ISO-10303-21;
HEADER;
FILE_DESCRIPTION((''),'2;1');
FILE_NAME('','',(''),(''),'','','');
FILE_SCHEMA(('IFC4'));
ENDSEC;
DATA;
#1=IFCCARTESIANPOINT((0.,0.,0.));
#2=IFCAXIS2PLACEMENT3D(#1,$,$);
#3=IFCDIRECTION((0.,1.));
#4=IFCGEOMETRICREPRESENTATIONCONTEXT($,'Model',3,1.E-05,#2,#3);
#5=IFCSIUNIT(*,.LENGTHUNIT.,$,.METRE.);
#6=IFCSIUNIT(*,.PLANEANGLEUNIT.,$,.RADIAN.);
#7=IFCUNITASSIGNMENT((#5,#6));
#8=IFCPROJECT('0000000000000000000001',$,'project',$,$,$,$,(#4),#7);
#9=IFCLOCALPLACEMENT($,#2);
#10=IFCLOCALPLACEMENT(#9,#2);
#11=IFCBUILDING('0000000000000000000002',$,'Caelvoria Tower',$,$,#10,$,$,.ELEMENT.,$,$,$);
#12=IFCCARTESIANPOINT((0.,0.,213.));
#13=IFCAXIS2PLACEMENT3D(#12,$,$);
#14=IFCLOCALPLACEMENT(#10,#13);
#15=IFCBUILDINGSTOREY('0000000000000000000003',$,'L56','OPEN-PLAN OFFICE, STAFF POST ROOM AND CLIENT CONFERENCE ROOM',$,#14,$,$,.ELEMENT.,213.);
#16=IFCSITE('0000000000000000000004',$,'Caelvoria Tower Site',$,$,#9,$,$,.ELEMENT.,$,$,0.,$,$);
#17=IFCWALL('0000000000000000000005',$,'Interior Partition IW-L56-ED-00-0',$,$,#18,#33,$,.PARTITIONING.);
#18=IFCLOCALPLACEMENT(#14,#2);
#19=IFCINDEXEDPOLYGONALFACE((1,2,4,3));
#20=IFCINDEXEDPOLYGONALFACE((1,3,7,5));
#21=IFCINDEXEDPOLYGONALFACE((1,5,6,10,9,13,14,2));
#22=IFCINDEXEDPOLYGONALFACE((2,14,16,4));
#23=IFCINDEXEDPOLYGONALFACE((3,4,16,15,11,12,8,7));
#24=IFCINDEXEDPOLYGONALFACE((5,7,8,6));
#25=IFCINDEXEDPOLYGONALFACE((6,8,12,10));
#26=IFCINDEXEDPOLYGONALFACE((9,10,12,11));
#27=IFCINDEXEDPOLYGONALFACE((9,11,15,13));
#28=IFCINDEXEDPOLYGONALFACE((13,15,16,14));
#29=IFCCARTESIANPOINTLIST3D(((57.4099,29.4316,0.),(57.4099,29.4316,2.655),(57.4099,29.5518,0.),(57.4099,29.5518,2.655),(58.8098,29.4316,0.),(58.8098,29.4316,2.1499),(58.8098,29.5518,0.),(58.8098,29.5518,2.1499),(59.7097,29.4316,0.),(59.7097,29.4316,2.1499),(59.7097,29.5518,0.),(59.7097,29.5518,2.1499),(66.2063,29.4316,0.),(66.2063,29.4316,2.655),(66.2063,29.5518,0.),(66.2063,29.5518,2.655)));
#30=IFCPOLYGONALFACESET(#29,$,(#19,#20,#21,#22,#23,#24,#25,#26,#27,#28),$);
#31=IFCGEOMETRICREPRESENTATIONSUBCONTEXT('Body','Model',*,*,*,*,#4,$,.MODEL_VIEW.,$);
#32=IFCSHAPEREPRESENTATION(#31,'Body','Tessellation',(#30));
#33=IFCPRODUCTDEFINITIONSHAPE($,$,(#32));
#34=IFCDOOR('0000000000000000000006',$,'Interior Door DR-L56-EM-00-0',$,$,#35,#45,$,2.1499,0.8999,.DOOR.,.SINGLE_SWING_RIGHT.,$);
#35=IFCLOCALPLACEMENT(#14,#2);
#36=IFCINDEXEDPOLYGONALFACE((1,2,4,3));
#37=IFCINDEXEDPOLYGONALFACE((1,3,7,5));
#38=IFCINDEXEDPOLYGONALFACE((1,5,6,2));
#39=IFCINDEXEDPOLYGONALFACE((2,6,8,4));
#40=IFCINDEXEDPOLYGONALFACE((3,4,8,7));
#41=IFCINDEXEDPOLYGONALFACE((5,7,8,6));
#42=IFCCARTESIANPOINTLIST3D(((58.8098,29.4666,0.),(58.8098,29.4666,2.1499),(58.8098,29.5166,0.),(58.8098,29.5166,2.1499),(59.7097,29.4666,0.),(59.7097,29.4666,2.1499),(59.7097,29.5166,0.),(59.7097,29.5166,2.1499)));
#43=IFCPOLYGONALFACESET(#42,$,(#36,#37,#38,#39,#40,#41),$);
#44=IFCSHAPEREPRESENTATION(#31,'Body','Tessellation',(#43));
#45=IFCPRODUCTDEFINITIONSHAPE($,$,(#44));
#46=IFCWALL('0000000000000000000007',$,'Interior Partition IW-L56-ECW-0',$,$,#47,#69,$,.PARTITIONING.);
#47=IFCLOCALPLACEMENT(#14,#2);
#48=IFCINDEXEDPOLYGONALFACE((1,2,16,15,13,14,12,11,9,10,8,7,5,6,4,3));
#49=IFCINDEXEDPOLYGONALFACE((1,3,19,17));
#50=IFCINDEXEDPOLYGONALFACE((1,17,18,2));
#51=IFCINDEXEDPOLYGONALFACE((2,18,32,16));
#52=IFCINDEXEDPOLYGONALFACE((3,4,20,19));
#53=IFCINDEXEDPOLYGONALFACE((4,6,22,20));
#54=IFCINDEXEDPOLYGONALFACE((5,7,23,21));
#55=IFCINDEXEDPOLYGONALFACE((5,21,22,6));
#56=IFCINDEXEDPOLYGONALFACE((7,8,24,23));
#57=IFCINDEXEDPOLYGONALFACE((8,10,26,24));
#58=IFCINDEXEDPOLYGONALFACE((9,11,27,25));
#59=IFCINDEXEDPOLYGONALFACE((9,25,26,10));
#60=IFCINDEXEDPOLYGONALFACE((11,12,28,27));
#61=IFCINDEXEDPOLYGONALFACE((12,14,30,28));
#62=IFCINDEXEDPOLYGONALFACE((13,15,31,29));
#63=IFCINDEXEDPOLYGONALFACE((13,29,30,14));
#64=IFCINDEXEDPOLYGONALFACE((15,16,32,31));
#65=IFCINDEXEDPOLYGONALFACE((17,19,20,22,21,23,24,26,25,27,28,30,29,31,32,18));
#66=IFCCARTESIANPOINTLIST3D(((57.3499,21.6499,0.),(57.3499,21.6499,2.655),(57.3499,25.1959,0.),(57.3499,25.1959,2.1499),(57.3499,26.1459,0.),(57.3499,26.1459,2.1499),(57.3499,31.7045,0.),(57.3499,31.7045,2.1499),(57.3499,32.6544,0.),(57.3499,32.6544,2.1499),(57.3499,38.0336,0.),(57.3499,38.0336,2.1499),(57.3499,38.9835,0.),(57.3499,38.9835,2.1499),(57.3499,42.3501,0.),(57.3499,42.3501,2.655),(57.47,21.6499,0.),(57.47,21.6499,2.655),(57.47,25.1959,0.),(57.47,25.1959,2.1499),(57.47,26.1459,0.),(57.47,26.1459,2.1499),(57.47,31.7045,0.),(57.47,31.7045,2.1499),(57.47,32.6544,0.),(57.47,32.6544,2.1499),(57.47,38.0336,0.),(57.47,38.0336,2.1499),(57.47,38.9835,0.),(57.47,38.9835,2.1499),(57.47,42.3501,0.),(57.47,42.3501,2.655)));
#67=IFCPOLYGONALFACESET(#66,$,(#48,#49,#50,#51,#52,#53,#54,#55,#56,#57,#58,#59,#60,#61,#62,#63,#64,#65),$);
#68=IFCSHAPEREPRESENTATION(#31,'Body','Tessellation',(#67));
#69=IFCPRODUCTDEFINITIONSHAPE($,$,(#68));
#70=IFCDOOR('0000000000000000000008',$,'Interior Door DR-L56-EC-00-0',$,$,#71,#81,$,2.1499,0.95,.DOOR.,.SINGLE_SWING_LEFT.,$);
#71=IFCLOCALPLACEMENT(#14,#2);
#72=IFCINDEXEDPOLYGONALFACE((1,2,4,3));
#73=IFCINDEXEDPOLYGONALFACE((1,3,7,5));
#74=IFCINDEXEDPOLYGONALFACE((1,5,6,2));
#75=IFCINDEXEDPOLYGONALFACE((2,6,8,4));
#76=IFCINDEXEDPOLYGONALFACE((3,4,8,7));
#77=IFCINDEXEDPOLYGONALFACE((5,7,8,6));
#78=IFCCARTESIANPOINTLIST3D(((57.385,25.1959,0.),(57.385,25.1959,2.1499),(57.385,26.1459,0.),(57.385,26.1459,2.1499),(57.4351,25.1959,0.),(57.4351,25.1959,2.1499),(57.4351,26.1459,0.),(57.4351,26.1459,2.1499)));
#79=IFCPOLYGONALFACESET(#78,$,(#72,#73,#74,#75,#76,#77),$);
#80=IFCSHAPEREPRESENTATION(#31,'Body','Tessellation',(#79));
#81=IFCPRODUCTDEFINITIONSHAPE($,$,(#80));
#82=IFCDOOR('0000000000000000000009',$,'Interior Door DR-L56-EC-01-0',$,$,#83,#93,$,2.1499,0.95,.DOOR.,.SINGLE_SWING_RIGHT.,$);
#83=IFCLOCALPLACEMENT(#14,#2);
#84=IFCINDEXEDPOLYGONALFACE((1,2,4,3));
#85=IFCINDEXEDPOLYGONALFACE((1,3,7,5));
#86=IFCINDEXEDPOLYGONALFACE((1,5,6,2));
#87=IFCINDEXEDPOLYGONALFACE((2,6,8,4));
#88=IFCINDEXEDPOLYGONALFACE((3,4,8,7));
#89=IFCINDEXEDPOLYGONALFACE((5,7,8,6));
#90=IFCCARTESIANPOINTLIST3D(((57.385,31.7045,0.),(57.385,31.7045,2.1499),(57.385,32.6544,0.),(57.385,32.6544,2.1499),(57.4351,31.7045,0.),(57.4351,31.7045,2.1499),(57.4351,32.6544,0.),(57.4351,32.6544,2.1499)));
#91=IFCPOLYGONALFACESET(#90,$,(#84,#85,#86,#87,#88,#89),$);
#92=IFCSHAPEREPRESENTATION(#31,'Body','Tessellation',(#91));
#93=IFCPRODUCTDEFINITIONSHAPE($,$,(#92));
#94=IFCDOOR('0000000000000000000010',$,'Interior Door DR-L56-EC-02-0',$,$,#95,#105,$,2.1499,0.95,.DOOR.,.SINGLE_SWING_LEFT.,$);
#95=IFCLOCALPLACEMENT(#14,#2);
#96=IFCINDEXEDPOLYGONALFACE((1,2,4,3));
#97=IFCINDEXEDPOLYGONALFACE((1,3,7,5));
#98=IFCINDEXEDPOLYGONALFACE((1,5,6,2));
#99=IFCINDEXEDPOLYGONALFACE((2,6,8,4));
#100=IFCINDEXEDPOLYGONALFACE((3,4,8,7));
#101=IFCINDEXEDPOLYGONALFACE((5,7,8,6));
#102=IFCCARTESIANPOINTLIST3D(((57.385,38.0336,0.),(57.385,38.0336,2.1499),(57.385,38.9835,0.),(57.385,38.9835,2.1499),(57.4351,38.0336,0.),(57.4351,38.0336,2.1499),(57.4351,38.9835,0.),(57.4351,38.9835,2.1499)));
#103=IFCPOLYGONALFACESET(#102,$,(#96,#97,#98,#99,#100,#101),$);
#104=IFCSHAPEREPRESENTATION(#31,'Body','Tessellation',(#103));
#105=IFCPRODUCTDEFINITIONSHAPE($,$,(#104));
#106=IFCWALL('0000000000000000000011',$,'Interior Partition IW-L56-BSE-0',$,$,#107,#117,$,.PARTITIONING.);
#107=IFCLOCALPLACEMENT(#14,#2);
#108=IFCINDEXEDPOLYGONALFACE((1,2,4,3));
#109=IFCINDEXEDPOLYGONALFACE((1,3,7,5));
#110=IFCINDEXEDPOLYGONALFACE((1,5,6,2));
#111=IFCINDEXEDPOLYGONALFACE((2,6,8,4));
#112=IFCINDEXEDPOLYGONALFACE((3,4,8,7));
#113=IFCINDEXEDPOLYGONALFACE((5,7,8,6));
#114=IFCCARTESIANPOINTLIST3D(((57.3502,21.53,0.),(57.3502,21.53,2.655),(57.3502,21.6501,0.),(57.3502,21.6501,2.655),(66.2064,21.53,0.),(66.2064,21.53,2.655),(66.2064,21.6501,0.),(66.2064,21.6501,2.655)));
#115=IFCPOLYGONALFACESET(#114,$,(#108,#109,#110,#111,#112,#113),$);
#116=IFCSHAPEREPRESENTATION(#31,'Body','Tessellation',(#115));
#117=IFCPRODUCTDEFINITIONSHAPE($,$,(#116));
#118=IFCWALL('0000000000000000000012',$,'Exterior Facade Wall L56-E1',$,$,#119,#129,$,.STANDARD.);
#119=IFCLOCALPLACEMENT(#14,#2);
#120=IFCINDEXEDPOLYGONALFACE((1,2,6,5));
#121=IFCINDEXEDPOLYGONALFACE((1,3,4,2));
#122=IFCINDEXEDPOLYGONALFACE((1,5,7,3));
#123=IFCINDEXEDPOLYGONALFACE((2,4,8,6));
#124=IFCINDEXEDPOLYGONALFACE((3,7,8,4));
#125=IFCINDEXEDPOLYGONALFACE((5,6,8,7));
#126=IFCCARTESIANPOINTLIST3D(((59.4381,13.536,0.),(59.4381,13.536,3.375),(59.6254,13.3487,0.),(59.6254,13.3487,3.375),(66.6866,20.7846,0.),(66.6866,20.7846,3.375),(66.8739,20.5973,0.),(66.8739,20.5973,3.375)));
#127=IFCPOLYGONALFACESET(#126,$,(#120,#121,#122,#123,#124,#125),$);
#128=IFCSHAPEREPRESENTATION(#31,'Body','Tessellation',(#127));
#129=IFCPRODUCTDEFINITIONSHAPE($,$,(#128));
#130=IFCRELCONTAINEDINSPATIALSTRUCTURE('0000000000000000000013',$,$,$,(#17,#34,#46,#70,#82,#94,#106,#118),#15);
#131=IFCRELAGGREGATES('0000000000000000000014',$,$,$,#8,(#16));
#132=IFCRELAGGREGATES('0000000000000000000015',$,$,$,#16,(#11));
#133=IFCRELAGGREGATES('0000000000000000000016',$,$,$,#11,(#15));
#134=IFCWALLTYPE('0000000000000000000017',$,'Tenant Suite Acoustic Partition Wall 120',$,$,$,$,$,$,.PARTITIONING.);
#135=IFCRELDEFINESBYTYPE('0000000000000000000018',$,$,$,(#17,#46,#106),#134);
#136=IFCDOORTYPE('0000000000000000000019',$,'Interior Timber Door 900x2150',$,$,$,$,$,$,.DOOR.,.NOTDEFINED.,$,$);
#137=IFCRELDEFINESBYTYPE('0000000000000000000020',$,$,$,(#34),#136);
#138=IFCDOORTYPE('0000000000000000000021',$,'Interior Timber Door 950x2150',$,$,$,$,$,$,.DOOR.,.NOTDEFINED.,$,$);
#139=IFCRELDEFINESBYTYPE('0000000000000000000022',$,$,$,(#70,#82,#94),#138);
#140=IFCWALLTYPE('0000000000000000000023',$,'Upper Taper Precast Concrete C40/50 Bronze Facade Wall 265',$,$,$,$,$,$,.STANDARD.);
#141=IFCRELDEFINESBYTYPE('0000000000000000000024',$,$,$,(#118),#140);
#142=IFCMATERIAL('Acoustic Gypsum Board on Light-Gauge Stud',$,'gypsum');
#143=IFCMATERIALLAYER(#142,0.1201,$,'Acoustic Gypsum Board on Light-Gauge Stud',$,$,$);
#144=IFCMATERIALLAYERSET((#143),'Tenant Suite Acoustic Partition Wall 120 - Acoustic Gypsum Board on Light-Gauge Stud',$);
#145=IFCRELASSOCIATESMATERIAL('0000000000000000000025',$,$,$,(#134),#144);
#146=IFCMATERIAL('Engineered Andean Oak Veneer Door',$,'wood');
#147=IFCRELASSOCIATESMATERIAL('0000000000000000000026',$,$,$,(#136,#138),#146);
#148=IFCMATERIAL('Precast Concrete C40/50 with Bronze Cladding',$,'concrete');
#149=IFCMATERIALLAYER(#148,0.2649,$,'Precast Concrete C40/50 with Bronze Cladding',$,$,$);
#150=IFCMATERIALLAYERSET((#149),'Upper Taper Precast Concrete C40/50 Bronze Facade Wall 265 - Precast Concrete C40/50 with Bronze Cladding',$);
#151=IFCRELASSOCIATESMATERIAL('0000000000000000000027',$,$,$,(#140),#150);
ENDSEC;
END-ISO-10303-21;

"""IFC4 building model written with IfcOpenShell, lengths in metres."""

from ifc_helpers import new_model, si_unit, direction, frame, frame_2d, origin, place, context, subcontext, project, spatial, rectangle, extrude, material, layer, layer_set, type_object, element, fill, save


model = new_model("IFC4")

# Units and contexts
model_context = context("Model", 3, precision=1e-05, world=origin(), true_north=direction((0.0, 1.0)))
body_context = subcontext(model_context, "Body", "Model", "MODEL_VIEW")
ifc_project = project(units=[si_unit("LENGTHUNIT", "METRE"), si_unit("PLANEANGLEUNIT", "RADIAN")], contexts=[model_context])

# Site, building, storey
site_placement = place(None, origin())
site = spatial("IfcSite", under=ifc_project, at=site_placement, Name="Caelvoria Tower Site", CompositionType="ELEMENT", RefElevation=0.0)
building_placement = place(site_placement, origin())
building = spatial("IfcBuilding", under=site, at=building_placement, Name="Caelvoria Tower", CompositionType="ELEMENT")
storey_placement = place(building_placement, frame((0.0, 0.0, 213.0)))
storey = spatial("IfcBuildingStorey", under=building, at=storey_placement, Name="L56", Description="OPEN-PLAN OFFICE, STAFF POST ROOM AND CLIENT CONFERENCE ROOM", CompositionType="ELEMENT", Elevation=213.0)

# Wall, opening, door
ifc_material_1 = material(Name="Acoustic Gypsum Board on Light-Gauge Stud", Category="gypsum")
ifc_layer_1 = layer(ifc_material_1, 0.1201, Name="Acoustic Gypsum Board on Light-Gauge Stud")
ifc_layer_set_1 = layer_set([ifc_layer_1], Name="Tenant Suite Acoustic Partition Wall 120 - Acoustic Gypsum Board on Light-Gauge Stud")
wall_type_1 = type_object("IfcWallType", Name="Tenant Suite Acoustic Partition Wall 120", PredefinedType="PARTITIONING", material=ifc_layer_set_1)
wall_1_placement = place(storey_placement, frame((57.4099, 29.4917, 0.0), z_axis=(0.0, 0.0, 1.0), x_axis=(1.0, 0.0, 0.0)))
wall_1 = element("IfcWall", 1, at=wall_1_placement, inside=storey, type_object=wall_type_1, Name="Interior Partition IW-L56-ED-00-0", PredefinedType="PARTITIONING", context=body_context, shape_type="SweptSolid", body=[
    extrude(rectangle(XDim=8.7964, YDim=0.1201, at=frame_2d((4.3982, 0.0))), origin(), (0.0, 0.0, 1.0), 2.655),
])
opening_1_placement = place(wall_1_placement, frame((1.3999, 0.0, 0.0)))
opening_1 = element("IfcOpeningElement", 2, at=opening_1_placement, cuts=wall_1, PredefinedType="OPENING", context=body_context, shape_type="SweptSolid", body=[
    extrude(rectangle(XDim=0.8999, YDim=2.1499, at=frame_2d((0.45, 1.075))), frame((0.0, 0.0701, 0.0), z_axis=(0.0, -1.0, 0.0), x_axis=(1.0, 0.0, 0.0)), (0.0, 0.0, 1.0), 0.1401),
])
ifc_material_2 = material(Name="Engineered Andean Oak Veneer Door", Category="wood")
door_type_1 = type_object("IfcDoorType", Name="Interior Timber Door 900x2150", OperationType="NOTDEFINED", PredefinedType="DOOR", material=ifc_material_2)
door_1_placement = place(opening_1_placement, origin())
door_1 = element("IfcDoor", 3, at=door_1_placement, inside=storey, type_object=door_type_1, Name="Interior Door DR-L56-EM-00-0", OperationType="SINGLE_SWING_RIGHT", OverallHeight=2.1499, OverallWidth=0.8999, PredefinedType="DOOR", context=body_context, shape_type="SweptSolid", body=[
    extrude(rectangle(XDim=0.8999, YDim=2.1499, at=frame_2d((0.45, 1.075))), frame((0.0, 0.0249, 0.0), z_axis=(0.0, -1.0, 0.0), x_axis=(1.0, 0.0, 0.0)), (0.0, 0.0, 1.0), 0.05),
])
fill(opening_1, door_1)

# Wall, openings, doors
wall_2_placement = place(storey_placement, frame((57.4099, 21.6499, 0.0), z_axis=(0.0, 0.0, 1.0), x_axis=(0.0, 1.0, 0.0)))
wall_2 = element("IfcWall", 4, at=wall_2_placement, inside=storey, type_object=wall_type_1, Name="Interior Partition IW-L56-ECW-0", PredefinedType="PARTITIONING", context=body_context, shape_type="SweptSolid", body=[
    extrude(rectangle(XDim=20.7002, YDim=0.1201, at=frame_2d((10.3501, 0.0))), origin(), (0.0, 0.0, 1.0), 2.655),
])
opening_2_placement = place(wall_2_placement, frame((3.5459, 0.0, 0.0)))
opening_2 = element("IfcOpeningElement", 5, at=opening_2_placement, cuts=wall_2, PredefinedType="OPENING", context=body_context, shape_type="SweptSolid", body=[
    extrude(rectangle(XDim=0.95, YDim=2.1499, at=frame_2d((0.4751, 1.075))), frame((0.0, 0.0701, 0.0), z_axis=(0.0, -1.0, 0.0), x_axis=(1.0, 0.0, 0.0)), (0.0, 0.0, 1.0), 0.1401),
])
opening_3_placement = place(wall_2_placement, frame((10.0544, 0.0, 0.0)))
opening_3 = element("IfcOpeningElement", 6, at=opening_3_placement, cuts=wall_2, PredefinedType="OPENING", context=body_context, shape_type="SweptSolid", body=[
    extrude(rectangle(XDim=0.95, YDim=2.1499, at=frame_2d((0.4751, 1.075))), frame((0.0, 0.0701, 0.0), z_axis=(0.0, -1.0, 0.0), x_axis=(1.0, 0.0, 0.0)), (0.0, 0.0, 1.0), 0.1401),
])
opening_4_placement = place(wall_2_placement, frame((16.3835, 0.0, 0.0)))
opening_4 = element("IfcOpeningElement", 7, at=opening_4_placement, cuts=wall_2, PredefinedType="OPENING", context=body_context, shape_type="SweptSolid", body=[
    extrude(rectangle(XDim=0.95, YDim=2.1499, at=frame_2d((0.4751, 1.075))), frame((0.0, 0.0701, 0.0), z_axis=(0.0, -1.0, 0.0), x_axis=(1.0, 0.0, 0.0)), (0.0, 0.0, 1.0), 0.1401),
])
door_type_2 = type_object("IfcDoorType", Name="Interior Timber Door 950x2150", OperationType="NOTDEFINED", PredefinedType="DOOR", material=ifc_material_2)
door_2_placement = place(opening_2_placement, origin())
door_2 = element("IfcDoor", 8, at=door_2_placement, inside=storey, type_object=door_type_2, Name="Interior Door DR-L56-EC-00-0", OperationType="SINGLE_SWING_LEFT", OverallHeight=2.1499, OverallWidth=0.95, PredefinedType="DOOR", context=body_context, shape_type="SweptSolid", body=[
    extrude(rectangle(XDim=0.95, YDim=2.1499, at=frame_2d((0.4751, 1.075))), frame((0.0, 0.0249, 0.0), z_axis=(0.0, -1.0, 0.0), x_axis=(1.0, 0.0, 0.0)), (0.0, 0.0, 1.0), 0.05),
])
fill(opening_2, door_2)
door_3_placement = place(opening_3_placement, origin())
door_3 = element("IfcDoor", 9, at=door_3_placement, inside=storey, type_object=door_type_2, Name="Interior Door DR-L56-EC-01-0", OperationType="SINGLE_SWING_RIGHT", OverallHeight=2.1499, OverallWidth=0.95, PredefinedType="DOOR", context=body_context, shape_type="SweptSolid", body=[
    extrude(rectangle(XDim=0.95, YDim=2.1499, at=frame_2d((0.4751, 1.075))), frame((0.0, 0.0249, 0.0), z_axis=(0.0, -1.0, 0.0), x_axis=(1.0, 0.0, 0.0)), (0.0, 0.0, 1.0), 0.05),
])
fill(opening_3, door_3)
door_4_placement = place(opening_4_placement, origin())
door_4 = element("IfcDoor", 10, at=door_4_placement, inside=storey, type_object=door_type_2, Name="Interior Door DR-L56-EC-02-0", OperationType="SINGLE_SWING_LEFT", OverallHeight=2.1499, OverallWidth=0.95, PredefinedType="DOOR", context=body_context, shape_type="SweptSolid", body=[
    extrude(rectangle(XDim=0.95, YDim=2.1499, at=frame_2d((0.4751, 1.075))), frame((0.0, 0.0249, 0.0), z_axis=(0.0, -1.0, 0.0), x_axis=(1.0, 0.0, 0.0)), (0.0, 0.0, 1.0), 0.05),
])
fill(opening_4, door_4)

# Walls
wall_3_placement = place(storey_placement, frame((57.3501, 21.5901, 0.0), z_axis=(0.0, 0.0, 1.0), x_axis=(1.0, 0.0, 0.0)))
element("IfcWall", 11, at=wall_3_placement, inside=storey, type_object=wall_type_1, Name="Interior Partition IW-L56-BSE-0", PredefinedType="PARTITIONING", context=body_context, shape_type="SweptSolid", body=[
    extrude(rectangle(XDim=8.8562, YDim=0.1201, at=frame_2d((4.4282, 0.0))), origin(), (0.0, 0.0, 1.0), 2.655),
])
ifc_material_3 = material(Name="Precast Concrete C40/50 with Bronze Cladding", Category="concrete")
ifc_layer_2 = layer(ifc_material_3, 0.2649, Name="Precast Concrete C40/50 with Bronze Cladding")
ifc_layer_set_2 = layer_set([ifc_layer_2], Name="Upper Taper Precast Concrete C40/50 Bronze Facade Wall 265 - Precast Concrete C40/50 with Bronze Cladding")
wall_type_2 = type_object("IfcWallType", Name="Upper Taper Precast Concrete C40/50 Bronze Facade Wall 265", PredefinedType="STANDARD", material=ifc_layer_set_2)
wall_4_placement = place(storey_placement, frame((59.5317, 13.4424, 0.0), z_axis=(0.0, 0.0, 1.0), x_axis=(0.707107, 0.707107, 0.0)))
element("IfcWall", 12, at=wall_4_placement, inside=storey, type_object=wall_type_2, Name="Exterior Facade Wall L56-E1", PredefinedType="STANDARD", context=body_context, shape_type="SweptSolid", body=[
    extrude(rectangle(XDim=10.251, YDim=0.2649, at=frame_2d((5.1255, 0.0))), origin(), (0.0, 0.0, 1.0), 3.375),
])

save(model, "model.ifc")
